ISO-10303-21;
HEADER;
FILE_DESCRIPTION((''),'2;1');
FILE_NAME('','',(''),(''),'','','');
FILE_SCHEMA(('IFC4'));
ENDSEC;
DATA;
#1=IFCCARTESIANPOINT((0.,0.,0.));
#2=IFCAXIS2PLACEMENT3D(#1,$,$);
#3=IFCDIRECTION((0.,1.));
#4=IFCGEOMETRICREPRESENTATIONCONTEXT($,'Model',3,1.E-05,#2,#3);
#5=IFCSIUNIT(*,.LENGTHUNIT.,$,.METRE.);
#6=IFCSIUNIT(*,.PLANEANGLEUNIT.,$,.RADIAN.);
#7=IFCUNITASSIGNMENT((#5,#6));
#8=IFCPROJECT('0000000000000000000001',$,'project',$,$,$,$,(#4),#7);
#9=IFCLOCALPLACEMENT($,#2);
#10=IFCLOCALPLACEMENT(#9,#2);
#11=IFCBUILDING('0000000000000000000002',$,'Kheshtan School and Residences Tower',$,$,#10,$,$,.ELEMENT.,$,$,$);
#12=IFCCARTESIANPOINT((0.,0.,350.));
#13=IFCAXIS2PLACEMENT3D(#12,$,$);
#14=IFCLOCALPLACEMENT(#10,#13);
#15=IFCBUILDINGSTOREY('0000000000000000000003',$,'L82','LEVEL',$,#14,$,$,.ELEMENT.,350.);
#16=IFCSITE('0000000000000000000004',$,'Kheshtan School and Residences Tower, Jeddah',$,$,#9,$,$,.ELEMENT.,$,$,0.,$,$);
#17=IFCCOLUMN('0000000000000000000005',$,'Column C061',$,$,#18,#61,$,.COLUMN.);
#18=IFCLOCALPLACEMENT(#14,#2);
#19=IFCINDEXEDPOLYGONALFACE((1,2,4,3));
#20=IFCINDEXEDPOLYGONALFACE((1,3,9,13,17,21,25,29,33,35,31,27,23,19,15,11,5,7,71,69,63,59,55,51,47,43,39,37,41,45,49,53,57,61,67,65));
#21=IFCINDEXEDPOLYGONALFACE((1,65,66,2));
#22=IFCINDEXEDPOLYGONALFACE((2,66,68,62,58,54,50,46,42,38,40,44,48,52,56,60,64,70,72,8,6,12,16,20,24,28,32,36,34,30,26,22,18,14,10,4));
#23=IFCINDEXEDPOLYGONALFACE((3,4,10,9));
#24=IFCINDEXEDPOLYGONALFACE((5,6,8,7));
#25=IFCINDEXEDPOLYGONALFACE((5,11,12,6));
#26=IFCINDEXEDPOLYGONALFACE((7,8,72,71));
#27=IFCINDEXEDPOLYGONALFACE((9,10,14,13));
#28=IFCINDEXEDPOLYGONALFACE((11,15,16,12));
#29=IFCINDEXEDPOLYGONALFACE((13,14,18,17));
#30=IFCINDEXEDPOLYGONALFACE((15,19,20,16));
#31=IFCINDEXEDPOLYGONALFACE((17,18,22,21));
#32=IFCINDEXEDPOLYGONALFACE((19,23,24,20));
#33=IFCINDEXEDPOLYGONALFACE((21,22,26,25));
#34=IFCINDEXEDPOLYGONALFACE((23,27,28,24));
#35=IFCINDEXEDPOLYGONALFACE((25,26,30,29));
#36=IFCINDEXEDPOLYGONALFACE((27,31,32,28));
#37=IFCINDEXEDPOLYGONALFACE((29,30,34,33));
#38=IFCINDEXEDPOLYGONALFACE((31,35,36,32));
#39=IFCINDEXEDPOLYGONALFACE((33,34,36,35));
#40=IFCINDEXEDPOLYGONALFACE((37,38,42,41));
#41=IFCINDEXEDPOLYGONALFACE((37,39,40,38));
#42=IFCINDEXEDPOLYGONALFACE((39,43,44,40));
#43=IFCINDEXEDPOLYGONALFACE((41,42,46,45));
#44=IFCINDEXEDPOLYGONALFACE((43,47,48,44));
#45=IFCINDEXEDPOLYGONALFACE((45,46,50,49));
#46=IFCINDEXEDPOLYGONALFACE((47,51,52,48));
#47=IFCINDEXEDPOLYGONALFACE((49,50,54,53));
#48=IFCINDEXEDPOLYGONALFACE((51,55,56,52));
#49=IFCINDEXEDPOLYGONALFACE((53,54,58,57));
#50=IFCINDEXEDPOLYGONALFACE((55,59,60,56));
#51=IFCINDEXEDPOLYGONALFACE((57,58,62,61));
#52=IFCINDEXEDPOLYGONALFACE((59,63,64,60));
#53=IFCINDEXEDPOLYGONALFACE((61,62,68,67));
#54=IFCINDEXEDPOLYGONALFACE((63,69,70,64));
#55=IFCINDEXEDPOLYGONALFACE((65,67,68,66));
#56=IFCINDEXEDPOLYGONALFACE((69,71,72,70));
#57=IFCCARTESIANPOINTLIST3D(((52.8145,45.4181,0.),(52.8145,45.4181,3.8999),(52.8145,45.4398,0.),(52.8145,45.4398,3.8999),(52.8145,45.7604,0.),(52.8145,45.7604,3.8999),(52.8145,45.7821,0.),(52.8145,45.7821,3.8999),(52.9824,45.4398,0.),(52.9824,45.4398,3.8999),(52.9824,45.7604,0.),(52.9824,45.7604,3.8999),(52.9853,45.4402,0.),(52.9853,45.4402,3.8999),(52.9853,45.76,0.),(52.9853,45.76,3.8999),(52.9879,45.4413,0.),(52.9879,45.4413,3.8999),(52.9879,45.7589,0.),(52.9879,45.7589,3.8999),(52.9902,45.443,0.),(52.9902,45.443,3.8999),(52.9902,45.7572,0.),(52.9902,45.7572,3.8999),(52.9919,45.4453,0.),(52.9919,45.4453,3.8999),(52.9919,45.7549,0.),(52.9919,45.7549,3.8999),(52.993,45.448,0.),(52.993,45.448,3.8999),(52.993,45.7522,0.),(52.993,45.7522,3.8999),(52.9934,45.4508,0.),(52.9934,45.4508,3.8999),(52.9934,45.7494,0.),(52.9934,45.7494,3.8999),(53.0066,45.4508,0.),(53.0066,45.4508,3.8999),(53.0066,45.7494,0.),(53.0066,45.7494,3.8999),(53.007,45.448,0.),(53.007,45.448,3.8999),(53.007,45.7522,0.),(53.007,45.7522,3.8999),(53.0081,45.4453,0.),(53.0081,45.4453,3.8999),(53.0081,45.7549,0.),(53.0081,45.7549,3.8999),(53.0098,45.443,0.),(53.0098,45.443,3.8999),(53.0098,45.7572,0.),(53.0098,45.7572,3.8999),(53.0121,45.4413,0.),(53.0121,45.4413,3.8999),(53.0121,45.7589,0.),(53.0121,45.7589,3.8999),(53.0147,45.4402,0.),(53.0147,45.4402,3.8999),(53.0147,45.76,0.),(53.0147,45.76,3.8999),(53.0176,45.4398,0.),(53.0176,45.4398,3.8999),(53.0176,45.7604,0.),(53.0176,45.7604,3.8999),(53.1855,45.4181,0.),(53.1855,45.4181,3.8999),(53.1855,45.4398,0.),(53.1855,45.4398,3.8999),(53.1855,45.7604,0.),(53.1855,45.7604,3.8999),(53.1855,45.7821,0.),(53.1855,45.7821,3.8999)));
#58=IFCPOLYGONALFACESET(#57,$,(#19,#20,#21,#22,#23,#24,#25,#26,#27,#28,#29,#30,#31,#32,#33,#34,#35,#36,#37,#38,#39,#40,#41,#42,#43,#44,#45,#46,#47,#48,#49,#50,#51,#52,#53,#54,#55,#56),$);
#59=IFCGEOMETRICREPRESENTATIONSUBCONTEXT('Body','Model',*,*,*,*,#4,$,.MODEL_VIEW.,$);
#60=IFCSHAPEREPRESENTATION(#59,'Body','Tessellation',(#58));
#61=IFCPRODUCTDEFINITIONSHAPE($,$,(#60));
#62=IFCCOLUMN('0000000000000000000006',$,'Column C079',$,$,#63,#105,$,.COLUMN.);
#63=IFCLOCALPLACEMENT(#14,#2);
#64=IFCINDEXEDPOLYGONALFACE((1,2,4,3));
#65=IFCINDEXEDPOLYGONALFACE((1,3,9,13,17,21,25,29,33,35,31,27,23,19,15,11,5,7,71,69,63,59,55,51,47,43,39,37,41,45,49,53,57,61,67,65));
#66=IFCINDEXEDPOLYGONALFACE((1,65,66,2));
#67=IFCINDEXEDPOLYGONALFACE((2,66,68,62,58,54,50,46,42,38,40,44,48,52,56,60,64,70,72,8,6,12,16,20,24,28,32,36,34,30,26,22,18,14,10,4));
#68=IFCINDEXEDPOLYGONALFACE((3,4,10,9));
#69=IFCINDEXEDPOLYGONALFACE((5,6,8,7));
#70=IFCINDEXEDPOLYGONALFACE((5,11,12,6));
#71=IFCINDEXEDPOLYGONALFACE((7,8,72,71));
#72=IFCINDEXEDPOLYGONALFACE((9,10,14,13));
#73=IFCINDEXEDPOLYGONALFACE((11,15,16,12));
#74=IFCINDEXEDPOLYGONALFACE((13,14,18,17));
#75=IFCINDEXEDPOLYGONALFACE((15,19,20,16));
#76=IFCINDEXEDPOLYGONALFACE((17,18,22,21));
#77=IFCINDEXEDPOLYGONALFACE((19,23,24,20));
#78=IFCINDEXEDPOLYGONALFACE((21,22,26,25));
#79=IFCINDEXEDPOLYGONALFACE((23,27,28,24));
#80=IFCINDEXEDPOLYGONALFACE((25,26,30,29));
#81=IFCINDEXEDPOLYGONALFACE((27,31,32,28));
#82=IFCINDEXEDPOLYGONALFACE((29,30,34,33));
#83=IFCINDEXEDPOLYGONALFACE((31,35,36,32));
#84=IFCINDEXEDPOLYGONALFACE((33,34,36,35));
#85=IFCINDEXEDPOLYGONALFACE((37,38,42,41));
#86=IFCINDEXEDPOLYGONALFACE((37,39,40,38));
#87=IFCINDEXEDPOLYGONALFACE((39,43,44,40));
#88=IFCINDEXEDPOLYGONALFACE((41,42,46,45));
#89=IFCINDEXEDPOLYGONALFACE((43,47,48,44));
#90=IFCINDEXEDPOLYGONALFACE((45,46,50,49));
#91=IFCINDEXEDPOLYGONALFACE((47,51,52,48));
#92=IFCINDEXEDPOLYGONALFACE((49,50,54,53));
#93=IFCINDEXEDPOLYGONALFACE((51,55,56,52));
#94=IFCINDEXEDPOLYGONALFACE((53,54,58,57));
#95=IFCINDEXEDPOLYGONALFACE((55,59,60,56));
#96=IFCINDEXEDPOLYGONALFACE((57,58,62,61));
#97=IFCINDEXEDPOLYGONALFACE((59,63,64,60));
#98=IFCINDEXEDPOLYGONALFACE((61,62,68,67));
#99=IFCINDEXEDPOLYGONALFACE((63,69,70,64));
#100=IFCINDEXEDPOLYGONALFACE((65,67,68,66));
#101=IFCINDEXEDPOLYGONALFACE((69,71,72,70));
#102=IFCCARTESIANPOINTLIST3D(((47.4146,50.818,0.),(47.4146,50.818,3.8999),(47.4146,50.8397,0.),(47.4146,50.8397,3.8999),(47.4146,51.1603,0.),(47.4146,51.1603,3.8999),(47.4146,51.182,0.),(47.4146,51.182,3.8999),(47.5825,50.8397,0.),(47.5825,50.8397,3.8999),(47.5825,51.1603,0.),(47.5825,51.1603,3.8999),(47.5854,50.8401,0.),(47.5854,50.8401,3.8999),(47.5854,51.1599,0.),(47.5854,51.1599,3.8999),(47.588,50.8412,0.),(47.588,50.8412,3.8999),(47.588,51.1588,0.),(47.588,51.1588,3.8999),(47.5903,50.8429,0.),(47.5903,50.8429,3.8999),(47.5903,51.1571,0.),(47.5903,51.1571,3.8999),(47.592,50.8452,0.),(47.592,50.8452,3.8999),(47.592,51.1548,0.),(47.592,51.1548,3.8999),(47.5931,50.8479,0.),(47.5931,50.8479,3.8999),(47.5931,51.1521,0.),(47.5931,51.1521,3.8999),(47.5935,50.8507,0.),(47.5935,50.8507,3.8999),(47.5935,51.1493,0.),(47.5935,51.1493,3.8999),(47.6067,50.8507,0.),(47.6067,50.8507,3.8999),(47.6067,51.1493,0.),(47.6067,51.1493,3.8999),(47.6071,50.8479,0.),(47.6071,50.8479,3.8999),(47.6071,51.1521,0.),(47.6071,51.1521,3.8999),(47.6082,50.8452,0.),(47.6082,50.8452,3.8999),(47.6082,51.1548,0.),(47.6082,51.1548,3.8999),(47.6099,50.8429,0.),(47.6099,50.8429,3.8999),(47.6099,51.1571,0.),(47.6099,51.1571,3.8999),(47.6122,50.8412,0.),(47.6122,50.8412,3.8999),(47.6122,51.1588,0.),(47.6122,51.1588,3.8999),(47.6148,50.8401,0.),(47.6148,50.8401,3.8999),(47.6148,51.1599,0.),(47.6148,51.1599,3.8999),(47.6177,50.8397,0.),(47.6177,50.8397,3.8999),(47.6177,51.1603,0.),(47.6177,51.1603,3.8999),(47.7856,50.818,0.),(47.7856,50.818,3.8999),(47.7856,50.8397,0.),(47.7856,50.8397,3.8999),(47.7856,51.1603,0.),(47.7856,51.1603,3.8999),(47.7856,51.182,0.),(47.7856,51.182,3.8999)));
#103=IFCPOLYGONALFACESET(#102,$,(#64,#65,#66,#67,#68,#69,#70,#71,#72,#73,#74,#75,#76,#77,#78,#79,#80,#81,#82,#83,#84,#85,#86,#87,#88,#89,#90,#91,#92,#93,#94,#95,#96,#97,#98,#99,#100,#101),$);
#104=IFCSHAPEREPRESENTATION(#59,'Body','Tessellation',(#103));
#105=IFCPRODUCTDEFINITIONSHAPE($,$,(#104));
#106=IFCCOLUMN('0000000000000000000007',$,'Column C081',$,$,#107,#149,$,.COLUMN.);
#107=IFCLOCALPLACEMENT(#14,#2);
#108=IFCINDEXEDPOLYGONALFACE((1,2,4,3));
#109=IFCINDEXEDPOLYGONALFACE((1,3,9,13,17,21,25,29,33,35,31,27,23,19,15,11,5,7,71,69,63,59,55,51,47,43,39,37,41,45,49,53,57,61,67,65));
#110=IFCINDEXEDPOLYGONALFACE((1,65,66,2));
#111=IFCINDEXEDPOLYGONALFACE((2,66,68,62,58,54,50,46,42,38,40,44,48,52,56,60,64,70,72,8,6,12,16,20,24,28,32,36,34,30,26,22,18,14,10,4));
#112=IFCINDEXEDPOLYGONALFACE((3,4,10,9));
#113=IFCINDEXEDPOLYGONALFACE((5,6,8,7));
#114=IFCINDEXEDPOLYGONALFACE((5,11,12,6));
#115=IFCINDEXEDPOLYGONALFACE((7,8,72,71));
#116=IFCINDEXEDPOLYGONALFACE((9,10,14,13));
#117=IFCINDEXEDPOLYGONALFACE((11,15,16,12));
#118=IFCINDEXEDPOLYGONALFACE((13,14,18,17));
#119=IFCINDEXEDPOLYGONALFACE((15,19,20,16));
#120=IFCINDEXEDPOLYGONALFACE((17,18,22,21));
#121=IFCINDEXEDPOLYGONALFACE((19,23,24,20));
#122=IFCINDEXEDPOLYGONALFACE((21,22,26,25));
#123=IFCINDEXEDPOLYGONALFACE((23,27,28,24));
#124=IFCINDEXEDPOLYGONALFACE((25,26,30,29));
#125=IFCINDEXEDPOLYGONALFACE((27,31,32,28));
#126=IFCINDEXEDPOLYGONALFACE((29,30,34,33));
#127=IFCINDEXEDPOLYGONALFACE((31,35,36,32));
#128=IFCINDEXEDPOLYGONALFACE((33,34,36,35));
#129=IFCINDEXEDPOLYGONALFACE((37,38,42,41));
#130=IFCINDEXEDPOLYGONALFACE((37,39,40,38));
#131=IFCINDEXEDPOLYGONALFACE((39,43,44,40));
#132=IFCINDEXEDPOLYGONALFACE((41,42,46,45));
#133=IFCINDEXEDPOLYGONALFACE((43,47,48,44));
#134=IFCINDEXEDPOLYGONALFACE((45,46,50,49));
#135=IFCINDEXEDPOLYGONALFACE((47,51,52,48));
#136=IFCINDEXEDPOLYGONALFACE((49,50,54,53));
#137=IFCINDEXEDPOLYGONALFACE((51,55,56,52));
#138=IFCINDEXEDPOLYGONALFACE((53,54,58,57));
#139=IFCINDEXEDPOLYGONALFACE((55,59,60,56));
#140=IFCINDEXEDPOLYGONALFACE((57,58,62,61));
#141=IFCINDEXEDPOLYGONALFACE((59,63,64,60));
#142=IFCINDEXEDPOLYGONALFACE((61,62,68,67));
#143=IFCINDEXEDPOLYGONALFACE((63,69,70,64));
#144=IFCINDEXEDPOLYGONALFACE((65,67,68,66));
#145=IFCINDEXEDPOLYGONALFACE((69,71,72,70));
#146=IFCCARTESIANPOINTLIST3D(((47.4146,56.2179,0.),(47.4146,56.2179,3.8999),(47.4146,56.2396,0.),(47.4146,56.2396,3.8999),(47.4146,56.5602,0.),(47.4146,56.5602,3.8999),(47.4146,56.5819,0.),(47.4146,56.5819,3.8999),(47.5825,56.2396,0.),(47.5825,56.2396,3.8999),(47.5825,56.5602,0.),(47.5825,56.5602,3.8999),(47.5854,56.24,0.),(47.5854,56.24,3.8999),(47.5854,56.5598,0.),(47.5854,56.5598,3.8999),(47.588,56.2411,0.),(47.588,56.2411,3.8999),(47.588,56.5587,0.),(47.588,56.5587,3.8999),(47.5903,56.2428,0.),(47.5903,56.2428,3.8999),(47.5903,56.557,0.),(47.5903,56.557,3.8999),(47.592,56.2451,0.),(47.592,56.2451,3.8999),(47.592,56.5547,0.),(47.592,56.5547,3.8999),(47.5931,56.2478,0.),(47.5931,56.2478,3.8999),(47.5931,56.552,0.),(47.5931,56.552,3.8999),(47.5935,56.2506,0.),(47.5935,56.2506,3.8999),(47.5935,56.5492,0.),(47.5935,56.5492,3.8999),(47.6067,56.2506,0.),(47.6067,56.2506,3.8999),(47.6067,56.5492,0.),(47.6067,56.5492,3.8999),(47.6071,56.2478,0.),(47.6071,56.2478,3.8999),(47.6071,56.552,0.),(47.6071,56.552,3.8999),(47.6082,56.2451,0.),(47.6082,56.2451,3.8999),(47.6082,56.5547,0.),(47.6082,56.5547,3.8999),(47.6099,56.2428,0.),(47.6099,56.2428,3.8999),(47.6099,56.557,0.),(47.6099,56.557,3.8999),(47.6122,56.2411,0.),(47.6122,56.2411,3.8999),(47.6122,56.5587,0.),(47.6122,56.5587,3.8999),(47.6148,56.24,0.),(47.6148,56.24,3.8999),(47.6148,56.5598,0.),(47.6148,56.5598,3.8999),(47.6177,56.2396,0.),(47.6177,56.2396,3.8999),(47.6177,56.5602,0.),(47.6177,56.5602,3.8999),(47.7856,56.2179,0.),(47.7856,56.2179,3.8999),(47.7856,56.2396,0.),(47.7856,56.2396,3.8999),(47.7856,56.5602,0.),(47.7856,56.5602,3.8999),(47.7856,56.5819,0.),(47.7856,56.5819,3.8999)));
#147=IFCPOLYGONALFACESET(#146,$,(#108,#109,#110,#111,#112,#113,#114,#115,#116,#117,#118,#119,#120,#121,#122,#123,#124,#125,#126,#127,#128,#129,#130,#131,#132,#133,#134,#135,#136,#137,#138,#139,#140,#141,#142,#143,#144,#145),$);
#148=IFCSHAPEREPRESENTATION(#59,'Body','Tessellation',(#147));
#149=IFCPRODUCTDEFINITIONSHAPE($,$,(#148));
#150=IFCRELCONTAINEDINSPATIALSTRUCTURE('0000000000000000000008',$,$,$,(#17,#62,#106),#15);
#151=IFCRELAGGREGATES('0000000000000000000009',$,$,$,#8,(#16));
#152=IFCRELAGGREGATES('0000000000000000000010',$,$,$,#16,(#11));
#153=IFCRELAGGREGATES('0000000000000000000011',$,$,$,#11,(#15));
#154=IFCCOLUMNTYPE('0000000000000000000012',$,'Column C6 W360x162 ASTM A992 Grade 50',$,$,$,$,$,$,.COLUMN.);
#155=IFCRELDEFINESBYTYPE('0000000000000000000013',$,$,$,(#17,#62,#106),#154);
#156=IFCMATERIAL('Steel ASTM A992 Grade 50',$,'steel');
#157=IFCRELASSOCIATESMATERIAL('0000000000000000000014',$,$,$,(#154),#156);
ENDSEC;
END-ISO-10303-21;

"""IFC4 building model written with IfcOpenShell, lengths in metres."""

from ifc_helpers import new_model, si_unit, direction, frame, origin, origin_2d, place, context, subcontext, project, spatial, i_section, extrude, material, material_profile, profile_set, type_object, element, save


model = new_model("IFC4")

# Units and contexts
model_context = context("Model", 3, precision=1e-05, world=origin(), true_north=direction((0.0, 1.0)))
body_context = subcontext(model_context, "Body", "Model", "MODEL_VIEW")
ifc_project = project(units=[si_unit("LENGTHUNIT", "METRE"), si_unit("PLANEANGLEUNIT", "RADIAN")], contexts=[model_context])

# Site, building, storey
site_placement = place(None, origin())
site = spatial("IfcSite", under=ifc_project, at=site_placement, Name="Kheshtan School and Residences Tower, Jeddah", CompositionType="ELEMENT", RefElevation=0.0)
building_placement = place(site_placement, origin())
building = spatial("IfcBuilding", under=site, at=building_placement, Name="Kheshtan School and Residences Tower", CompositionType="ELEMENT")
storey_placement = place(building_placement, frame((0.0, 0.0, 350.0)))
storey = spatial("IfcBuildingStorey", under=building, at=storey_placement, Name="L82", Description="LEVEL", CompositionType="ELEMENT", Elevation=350.0)

# Columns
ifc_material_1 = material(Name="Steel ASTM A992 Grade 50", Category="steel")
ifc_material_profile_1 = material_profile(ifc_material_1, i_section(OverallWidth=0.3711, OverallDepth=0.364, WebThickness=0.0132, FlangeThickness=0.0217, FilletRadius=0.011, at=origin_2d()), Name="W360x162")
ifc_profile_set_1 = profile_set([ifc_material_profile_1], Name="Steel ASTM A992 Grade 50")
column_type_1 = type_object("IfcColumnType", Name="Column C6 W360x162 ASTM A992 Grade 50", PredefinedType="COLUMN", material=ifc_profile_set_1)
for number, where, z_axis, x_axis, name in (
    (1, (53.0, 45.6001, 0.0), (0.0, 0.0, 1.0), (1.0, 0.0, 0.0), "Column C061"),
    (2, (47.6001, 51.0, 0.0), (0.0, 0.0, 1.0), (1.0, 0.0, 0.0), "Column C079"),
    (3, (47.6001, 56.3999, 0.0), (0.0, 0.0, 1.0), (1.0, 0.0, 0.0), "Column C081"),
):
    element("IfcColumn", number, at=place(storey_placement, frame(where, z_axis=z_axis, x_axis=x_axis)), inside=storey, type_object=column_type_1, Name=name, PredefinedType="COLUMN", context=body_context, shape_type="SweptSolid", body=[
        extrude(i_section(OverallWidth=0.3711, OverallDepth=0.364, WebThickness=0.0132, FlangeThickness=0.0217, FilletRadius=0.011, at=origin_2d()), origin(), (0.0, 0.0, 1.0), 3.8999),
    ])

save(model, "model.ifc")
